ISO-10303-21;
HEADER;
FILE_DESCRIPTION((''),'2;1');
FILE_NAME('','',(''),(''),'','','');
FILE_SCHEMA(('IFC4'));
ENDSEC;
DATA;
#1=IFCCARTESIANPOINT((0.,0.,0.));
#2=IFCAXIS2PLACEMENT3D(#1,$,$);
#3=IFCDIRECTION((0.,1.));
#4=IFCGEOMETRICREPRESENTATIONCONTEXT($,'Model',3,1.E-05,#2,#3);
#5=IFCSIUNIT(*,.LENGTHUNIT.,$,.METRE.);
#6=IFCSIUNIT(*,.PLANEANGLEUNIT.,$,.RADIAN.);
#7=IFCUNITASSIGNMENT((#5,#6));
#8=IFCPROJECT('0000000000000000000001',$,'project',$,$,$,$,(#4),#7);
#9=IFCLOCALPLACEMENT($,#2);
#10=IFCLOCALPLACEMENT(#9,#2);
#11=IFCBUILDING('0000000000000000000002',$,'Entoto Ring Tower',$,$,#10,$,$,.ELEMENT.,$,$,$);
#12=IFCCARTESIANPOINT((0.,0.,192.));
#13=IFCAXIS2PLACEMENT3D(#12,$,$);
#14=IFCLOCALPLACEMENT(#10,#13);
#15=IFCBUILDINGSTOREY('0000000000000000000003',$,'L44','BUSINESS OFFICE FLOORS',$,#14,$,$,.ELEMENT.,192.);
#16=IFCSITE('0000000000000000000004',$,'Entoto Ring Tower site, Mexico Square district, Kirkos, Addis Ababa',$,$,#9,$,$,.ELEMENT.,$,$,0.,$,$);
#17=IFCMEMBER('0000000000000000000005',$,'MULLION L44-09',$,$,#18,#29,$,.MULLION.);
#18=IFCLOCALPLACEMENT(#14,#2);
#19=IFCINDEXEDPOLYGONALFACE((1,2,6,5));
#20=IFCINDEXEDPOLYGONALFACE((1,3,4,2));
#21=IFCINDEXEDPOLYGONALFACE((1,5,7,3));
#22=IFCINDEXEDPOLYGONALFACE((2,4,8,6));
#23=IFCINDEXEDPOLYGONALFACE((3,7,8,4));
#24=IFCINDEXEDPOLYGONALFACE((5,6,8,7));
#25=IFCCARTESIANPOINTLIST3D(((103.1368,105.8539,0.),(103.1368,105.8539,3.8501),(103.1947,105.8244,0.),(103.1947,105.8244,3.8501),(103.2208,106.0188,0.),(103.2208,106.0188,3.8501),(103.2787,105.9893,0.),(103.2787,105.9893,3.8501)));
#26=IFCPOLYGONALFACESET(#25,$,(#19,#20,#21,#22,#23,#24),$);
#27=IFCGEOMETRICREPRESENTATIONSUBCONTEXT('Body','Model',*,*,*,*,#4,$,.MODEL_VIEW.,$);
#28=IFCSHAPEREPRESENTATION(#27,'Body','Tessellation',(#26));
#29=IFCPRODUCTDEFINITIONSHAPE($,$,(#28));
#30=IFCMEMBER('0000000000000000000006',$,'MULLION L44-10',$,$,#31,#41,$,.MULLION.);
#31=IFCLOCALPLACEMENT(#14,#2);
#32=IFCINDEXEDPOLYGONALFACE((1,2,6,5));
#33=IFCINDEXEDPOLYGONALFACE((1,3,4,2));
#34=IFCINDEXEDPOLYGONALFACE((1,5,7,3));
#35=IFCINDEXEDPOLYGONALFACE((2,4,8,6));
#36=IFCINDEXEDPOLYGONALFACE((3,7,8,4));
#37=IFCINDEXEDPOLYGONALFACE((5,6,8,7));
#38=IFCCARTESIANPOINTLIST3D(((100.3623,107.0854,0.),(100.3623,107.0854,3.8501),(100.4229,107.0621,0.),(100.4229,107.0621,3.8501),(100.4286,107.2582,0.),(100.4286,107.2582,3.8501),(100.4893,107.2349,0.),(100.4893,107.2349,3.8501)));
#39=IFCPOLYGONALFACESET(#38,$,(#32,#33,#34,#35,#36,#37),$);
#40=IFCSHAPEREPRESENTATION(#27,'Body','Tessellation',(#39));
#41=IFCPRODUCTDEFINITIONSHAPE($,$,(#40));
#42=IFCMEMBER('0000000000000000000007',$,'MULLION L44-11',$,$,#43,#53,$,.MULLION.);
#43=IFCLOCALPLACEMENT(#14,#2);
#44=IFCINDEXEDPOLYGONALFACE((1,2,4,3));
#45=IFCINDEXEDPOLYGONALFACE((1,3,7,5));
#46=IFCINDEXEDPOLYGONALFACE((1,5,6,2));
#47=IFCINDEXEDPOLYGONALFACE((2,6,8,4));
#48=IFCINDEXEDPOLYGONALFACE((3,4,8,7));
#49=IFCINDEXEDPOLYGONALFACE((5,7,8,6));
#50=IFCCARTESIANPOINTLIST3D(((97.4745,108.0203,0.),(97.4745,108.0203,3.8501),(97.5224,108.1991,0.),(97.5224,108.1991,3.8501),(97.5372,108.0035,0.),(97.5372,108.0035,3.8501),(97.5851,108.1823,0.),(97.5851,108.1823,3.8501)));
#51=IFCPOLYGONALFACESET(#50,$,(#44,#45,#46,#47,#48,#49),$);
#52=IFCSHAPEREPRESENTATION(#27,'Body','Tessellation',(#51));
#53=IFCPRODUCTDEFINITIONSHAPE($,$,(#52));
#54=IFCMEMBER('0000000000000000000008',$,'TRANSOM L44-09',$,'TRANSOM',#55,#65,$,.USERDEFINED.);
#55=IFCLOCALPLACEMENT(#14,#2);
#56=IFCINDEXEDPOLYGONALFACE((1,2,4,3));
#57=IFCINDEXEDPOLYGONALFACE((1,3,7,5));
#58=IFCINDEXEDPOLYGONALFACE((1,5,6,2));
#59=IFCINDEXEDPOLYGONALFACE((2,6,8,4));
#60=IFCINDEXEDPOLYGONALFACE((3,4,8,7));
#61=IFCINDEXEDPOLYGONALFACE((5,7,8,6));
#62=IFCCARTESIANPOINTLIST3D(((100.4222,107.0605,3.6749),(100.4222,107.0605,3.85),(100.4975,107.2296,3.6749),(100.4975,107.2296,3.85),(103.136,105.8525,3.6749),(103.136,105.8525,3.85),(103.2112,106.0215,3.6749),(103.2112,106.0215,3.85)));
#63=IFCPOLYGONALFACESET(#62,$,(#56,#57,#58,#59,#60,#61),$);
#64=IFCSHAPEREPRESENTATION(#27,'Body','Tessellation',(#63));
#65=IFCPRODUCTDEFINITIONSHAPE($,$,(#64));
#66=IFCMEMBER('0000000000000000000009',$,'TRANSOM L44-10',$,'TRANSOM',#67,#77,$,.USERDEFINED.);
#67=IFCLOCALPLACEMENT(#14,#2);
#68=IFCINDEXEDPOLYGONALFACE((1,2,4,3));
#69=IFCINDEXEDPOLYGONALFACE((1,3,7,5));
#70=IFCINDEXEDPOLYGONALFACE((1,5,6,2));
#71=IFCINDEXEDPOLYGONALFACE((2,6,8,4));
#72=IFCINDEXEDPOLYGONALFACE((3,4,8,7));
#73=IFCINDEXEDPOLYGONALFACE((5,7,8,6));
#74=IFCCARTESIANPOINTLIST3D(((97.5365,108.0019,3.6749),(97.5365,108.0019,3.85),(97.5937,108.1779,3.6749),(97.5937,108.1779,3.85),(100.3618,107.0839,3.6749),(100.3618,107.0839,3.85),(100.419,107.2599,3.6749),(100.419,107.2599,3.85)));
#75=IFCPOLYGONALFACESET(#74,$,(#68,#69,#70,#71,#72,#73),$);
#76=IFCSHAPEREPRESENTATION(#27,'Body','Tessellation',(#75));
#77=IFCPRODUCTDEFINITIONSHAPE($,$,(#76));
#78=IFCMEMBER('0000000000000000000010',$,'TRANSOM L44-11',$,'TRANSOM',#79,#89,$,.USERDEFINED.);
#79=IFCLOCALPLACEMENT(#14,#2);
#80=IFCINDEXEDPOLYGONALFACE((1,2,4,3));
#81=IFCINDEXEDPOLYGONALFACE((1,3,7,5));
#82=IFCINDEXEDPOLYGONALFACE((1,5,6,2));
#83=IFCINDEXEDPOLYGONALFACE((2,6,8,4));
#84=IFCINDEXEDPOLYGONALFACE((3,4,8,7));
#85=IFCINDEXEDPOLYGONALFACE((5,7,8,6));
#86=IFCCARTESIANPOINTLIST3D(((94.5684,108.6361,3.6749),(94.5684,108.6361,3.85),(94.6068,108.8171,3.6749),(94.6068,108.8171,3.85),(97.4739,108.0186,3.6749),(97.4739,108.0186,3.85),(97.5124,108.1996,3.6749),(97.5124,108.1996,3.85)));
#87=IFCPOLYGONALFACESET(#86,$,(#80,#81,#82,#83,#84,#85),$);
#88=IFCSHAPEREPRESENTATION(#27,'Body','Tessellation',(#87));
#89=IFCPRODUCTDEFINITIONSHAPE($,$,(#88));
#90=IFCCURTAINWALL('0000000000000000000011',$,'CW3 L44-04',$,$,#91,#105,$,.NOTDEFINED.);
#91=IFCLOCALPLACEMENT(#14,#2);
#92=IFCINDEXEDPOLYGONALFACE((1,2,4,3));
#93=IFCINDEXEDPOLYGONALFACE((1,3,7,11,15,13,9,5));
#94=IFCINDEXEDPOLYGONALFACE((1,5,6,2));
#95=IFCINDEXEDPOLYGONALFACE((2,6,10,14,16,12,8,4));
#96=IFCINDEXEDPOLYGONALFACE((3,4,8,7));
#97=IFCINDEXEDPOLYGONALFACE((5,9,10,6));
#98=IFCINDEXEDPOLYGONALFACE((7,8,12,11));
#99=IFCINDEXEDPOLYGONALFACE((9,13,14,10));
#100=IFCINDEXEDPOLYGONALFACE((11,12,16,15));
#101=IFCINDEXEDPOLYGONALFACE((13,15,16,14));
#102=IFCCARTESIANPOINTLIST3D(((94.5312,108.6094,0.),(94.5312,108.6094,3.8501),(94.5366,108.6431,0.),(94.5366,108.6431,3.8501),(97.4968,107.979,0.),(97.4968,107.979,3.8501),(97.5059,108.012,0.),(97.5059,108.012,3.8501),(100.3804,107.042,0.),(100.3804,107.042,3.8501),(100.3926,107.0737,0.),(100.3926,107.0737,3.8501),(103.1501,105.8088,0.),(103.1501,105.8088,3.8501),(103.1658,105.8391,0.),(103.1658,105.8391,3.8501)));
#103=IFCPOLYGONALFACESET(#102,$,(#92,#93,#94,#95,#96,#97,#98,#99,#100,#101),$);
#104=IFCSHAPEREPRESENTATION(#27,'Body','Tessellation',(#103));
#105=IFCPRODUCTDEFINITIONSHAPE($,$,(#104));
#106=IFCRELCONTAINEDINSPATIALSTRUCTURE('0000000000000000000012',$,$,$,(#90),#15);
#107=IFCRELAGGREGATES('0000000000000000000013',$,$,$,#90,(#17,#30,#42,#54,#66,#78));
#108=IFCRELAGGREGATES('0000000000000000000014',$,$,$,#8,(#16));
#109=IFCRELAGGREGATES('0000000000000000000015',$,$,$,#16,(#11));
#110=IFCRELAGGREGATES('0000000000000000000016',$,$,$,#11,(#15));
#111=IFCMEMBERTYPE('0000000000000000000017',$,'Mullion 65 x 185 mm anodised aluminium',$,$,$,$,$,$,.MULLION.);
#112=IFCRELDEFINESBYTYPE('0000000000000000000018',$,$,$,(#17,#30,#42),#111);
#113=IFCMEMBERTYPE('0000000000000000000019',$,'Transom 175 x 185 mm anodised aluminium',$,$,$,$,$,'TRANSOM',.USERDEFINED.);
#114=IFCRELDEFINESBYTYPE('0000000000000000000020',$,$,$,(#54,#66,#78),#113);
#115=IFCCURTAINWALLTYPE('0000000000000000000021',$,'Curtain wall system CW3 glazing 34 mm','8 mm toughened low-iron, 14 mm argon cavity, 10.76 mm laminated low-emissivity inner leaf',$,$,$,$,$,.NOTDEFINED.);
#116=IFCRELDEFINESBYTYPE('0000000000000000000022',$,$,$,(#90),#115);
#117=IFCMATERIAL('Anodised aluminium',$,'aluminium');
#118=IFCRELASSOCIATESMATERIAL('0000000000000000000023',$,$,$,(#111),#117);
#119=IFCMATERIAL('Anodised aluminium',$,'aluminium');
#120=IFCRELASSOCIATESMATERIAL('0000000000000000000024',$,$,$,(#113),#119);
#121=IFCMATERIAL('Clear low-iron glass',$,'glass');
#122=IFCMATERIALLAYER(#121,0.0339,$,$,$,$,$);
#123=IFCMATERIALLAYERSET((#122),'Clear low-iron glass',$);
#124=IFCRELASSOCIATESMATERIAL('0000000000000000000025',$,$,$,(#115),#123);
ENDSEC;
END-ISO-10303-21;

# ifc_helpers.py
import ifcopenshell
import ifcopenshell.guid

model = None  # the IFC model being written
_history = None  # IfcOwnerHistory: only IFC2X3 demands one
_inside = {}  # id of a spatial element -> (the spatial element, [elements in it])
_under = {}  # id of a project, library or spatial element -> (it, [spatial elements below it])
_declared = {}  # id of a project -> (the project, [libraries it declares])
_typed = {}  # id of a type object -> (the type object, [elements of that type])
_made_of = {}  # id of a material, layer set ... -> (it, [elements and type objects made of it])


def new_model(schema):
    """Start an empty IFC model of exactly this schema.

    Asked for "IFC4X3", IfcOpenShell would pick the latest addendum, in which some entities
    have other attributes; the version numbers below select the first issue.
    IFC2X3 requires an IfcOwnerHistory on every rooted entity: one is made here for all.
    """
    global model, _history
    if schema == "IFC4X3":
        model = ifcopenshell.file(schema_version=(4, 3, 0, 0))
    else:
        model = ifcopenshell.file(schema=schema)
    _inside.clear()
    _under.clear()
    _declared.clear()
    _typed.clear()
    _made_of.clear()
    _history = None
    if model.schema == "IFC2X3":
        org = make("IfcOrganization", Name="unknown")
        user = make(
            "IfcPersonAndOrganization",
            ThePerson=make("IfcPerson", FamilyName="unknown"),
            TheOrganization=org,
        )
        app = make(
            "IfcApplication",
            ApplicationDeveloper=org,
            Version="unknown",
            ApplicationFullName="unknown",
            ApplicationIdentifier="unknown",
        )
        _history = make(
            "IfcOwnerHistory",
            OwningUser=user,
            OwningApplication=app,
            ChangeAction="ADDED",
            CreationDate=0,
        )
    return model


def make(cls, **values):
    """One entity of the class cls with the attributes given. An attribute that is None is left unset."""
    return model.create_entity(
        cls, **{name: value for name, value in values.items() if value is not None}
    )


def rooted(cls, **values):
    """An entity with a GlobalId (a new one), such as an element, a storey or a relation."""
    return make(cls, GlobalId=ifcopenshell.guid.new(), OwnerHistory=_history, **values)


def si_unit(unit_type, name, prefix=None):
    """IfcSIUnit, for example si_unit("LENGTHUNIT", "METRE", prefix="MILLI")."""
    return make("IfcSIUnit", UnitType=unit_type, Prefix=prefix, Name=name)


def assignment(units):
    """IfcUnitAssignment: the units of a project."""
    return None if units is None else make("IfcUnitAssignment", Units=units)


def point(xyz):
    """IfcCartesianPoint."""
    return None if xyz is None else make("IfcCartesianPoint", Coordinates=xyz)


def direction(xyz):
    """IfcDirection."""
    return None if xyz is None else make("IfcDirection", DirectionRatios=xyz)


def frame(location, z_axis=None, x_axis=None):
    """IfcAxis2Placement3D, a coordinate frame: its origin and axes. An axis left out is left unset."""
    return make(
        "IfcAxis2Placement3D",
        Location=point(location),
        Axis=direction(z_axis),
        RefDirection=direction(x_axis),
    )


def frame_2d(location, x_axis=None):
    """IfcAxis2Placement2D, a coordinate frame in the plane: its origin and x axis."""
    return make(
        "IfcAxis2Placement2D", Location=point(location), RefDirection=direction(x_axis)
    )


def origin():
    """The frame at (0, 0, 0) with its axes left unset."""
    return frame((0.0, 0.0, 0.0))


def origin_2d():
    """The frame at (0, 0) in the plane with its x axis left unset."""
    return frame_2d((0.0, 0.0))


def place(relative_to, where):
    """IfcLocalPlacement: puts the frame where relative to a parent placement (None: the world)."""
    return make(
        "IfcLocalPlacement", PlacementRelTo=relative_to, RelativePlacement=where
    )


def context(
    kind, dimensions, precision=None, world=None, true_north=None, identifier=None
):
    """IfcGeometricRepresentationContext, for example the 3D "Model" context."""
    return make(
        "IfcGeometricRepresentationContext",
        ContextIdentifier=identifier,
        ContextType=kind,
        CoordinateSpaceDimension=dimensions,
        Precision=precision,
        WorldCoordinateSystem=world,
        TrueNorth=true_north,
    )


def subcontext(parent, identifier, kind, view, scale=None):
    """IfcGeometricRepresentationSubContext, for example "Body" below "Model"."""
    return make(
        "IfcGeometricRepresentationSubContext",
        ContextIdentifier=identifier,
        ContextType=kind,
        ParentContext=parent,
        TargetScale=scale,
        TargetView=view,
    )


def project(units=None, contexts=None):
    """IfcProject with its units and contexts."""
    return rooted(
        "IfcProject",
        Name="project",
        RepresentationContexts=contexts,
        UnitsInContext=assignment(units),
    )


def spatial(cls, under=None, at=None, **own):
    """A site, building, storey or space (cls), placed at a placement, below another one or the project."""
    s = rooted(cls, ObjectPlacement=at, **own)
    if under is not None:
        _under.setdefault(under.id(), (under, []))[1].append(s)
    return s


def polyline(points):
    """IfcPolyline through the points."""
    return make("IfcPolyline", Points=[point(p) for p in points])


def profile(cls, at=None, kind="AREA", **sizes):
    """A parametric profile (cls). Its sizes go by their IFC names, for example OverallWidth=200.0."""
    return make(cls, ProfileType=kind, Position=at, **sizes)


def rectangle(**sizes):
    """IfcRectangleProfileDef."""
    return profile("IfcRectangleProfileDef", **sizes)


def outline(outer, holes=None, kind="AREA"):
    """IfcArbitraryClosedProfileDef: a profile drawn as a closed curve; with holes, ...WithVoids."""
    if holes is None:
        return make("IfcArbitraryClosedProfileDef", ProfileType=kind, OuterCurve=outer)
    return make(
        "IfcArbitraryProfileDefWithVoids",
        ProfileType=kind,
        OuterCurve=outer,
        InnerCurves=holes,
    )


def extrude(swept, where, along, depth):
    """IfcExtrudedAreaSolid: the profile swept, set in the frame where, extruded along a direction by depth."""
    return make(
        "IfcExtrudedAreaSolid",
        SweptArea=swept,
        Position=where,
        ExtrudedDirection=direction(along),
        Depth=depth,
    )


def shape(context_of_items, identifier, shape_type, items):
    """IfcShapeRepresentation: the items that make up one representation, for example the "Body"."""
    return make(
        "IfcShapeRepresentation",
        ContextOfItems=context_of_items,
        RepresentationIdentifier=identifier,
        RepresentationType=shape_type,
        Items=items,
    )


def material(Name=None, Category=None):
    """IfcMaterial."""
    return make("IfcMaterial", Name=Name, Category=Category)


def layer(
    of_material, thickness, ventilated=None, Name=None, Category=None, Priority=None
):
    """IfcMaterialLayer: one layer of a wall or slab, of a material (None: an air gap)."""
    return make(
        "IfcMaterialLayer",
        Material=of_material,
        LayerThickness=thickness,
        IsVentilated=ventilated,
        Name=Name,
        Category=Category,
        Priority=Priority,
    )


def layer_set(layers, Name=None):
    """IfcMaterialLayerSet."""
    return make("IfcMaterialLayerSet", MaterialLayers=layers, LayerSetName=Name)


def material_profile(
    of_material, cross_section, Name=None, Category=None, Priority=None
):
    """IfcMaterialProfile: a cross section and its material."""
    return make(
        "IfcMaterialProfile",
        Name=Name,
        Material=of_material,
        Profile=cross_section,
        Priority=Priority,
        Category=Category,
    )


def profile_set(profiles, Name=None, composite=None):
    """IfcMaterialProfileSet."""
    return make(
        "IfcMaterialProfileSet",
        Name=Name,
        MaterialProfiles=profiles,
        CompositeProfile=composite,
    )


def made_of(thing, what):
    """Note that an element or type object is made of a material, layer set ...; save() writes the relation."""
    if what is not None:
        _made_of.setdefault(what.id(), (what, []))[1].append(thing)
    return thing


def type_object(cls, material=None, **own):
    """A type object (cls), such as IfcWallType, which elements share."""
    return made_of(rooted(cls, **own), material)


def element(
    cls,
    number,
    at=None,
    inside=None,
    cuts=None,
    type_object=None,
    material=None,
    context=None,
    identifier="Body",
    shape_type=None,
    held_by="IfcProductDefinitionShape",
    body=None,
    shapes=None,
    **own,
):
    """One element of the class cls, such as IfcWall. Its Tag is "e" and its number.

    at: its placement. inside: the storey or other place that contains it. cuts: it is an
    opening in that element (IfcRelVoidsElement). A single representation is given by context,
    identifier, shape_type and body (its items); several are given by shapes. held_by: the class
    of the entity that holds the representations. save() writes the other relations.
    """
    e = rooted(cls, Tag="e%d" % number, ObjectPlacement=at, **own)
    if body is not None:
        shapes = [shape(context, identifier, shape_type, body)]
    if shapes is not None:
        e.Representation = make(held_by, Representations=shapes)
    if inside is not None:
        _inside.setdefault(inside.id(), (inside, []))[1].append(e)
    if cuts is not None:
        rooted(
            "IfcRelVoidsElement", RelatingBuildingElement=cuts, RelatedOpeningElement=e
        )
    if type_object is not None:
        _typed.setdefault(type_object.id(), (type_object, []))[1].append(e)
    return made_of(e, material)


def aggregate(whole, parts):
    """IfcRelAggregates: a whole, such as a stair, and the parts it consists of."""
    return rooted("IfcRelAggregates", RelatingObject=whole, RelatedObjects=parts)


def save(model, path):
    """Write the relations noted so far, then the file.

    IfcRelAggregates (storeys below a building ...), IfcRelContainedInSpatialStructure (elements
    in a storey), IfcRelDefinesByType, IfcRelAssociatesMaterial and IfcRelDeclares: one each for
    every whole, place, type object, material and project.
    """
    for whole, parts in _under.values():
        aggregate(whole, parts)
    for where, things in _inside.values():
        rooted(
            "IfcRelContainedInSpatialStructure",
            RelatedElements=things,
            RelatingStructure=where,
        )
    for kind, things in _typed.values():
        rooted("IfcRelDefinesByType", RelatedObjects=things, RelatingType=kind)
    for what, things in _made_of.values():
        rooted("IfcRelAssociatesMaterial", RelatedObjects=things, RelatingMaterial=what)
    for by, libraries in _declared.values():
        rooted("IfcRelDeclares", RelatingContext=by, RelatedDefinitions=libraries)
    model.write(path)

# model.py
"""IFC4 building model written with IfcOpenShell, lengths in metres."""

from ifc_helpers import new_model, si_unit, direction, frame, origin, origin_2d, place, context, subcontext, project, spatial, polyline, rectangle, outline, extrude, material, layer, layer_set, material_profile, profile_set, type_object, element, aggregate, save


model = new_model("IFC4")

# Units and contexts
model_context = context("Model", 3, precision=1e-05, world=origin(), true_north=direction((0.0, 1.0)))
body_context = subcontext(model_context, "Body", "Model", "MODEL_VIEW")
ifc_project = project(units=[si_unit("LENGTHUNIT", "METRE"), si_unit("PLANEANGLEUNIT", "RADIAN")], contexts=[model_context])

# Members
ifc_material_1 = material(Name="Anodised aluminium", Category="aluminium")
ifc_material_profile_1 = material_profile(ifc_material_1, rectangle(XDim=0.0649, YDim=0.1851, at=origin_2d()), Name="Mullion 65 x 185 mm anodised aluminium")
ifc_profile_set_1 = profile_set([ifc_material_profile_1], Name="Anodised aluminium")
member_type_1 = type_object("IfcMemberType", Name="Mullion 65 x 185 mm anodised aluminium", PredefinedType="MULLION", material=ifc_profile_set_1)
site_placement = place(None, origin())
building_placement = place(site_placement, origin())
storey_placement = place(building_placement, frame((0.0, 0.0, 192.0)))
member_1_placement = place(storey_placement, frame((103.2078, 105.9216, 0.0), z_axis=(0.0, 0.0, 1.0), x_axis=(-0.891007, 0.45399, 0.0)))
member_1 = element("IfcMember", 1, at=member_1_placement, type_object=member_type_1, Name="MULLION L44-09", PredefinedType="MULLION", context=body_context, shape_type="SweptSolid", body=[
    extrude(rectangle(XDim=0.0649, YDim=0.1851, at=origin_2d()), origin(), (0.0, 0.0, 1.0), 3.8501),
])
member_2_placement = place(storey_placement, frame((100.4258, 107.1602, 0.0), z_axis=(0.0, 0.0, 1.0), x_axis=(-0.93358, 0.358368, 0.0)))
member_2 = element("IfcMember", 2, at=member_2_placement, type_object=member_type_1, Name="MULLION L44-10", PredefinedType="MULLION", context=body_context, shape_type="SweptSolid", body=[
    extrude(rectangle(XDim=0.0649, YDim=0.1851, at=origin_2d()), origin(), (0.0, 0.0, 1.0), 3.8501),
])
member_3_placement = place(storey_placement, frame((97.5298, 108.1013, 0.0), z_axis=(0.0, 0.0, 1.0), x_axis=(-0.965926, 0.258819, 0.0)))
member_3 = element("IfcMember", 3, at=member_3_placement, type_object=member_type_1, Name="MULLION L44-11", PredefinedType="MULLION", context=body_context, shape_type="SweptSolid", body=[
    extrude(rectangle(XDim=0.0649, YDim=0.1851, at=origin_2d()), origin(), (0.0, 0.0, 1.0), 3.8501),
])
ifc_material_2 = material(Name="Anodised aluminium", Category="aluminium")
ifc_material_profile_2 = material_profile(ifc_material_2, rectangle(XDim=0.1851, YDim=0.175, at=origin_2d()), Name="Transom 175 x 185 mm anodised aluminium")
ifc_profile_set_2 = profile_set([ifc_material_profile_2], Name="Anodised aluminium")
member_type_2 = type_object("IfcMemberType", Name="Transom 175 x 185 mm anodised aluminium", ElementType="TRANSOM", PredefinedType="USERDEFINED", material=ifc_profile_set_2)
member_4_placement = place(storey_placement, frame((103.1736, 105.937, 3.7625), z_axis=(-0.913567, 0.406687, 0.0), x_axis=(-0.406687, -0.913567, 0.0)))
member_4 = element("IfcMember", 4, at=member_4_placement, type_object=member_type_2, Name="TRANSOM L44-09", ObjectType="TRANSOM", PredefinedType="USERDEFINED", context=body_context, shape_type="SweptSolid", body=[
    extrude(rectangle(XDim=0.1851, YDim=0.175, at=origin_2d()), origin(), (0.0, 0.0, 1.0), 2.9705),
])
member_5_placement = place(storey_placement, frame((100.3904, 107.1719, 3.7625), z_axis=(-0.951056, 0.309019, 0.0), x_axis=(-0.309019, -0.951056, 0.0)))
member_5 = element("IfcMember", 5, at=member_5_placement, type_object=member_type_2, Name="TRANSOM L44-10", ObjectType="TRANSOM", PredefinedType="USERDEFINED", context=body_context, shape_type="SweptSolid", body=[
    extrude(rectangle(XDim=0.1851, YDim=0.175, at=origin_2d()), origin(), (0.0, 0.0, 1.0), 2.9707),
])
member_6_placement = place(storey_placement, frame((97.4932, 108.1091, 3.7625), z_axis=(-0.978158, 0.207862, 0.0), x_axis=(-0.207862, -0.978158, 0.0)))
member_6 = element("IfcMember", 6, at=member_6_placement, type_object=member_type_2, Name="TRANSOM L44-11", ObjectType="TRANSOM", PredefinedType="USERDEFINED", context=body_context, shape_type="SweptSolid", body=[
    extrude(rectangle(XDim=0.1851, YDim=0.175, at=origin_2d()), origin(), (0.0, 0.0, 1.0), 2.9705),
])

# Site, building, storey
site = spatial("IfcSite", under=ifc_project, at=site_placement, Name="Entoto Ring Tower site, Mexico Square district, Kirkos, Addis Ababa", CompositionType="ELEMENT", RefElevation=0.0)
building = spatial("IfcBuilding", under=site, at=building_placement, Name="Entoto Ring Tower", CompositionType="ELEMENT")
storey = spatial("IfcBuildingStorey", under=building, at=storey_placement, Name="L44", Description="BUSINESS OFFICE FLOORS", CompositionType="ELEMENT", Elevation=192.0)

# Curtain wall
ifc_material_3 = material(Name="Clear low-iron glass", Category="glass")
ifc_layer = layer(ifc_material_3, 0.0339)
ifc_layer_set = layer_set([ifc_layer], Name="Clear low-iron glass")
curtain_wall_type = type_object("IfcCurtainWallType", Name="Curtain wall system CW3 glazing 34 mm", Description="8 mm toughened low-iron, 14 mm argon cavity, 10.76 mm laminated low-emissivity inner leaf", PredefinedType="NOTDEFINED", material=ifc_layer_set)
curtain_wall_1_placement = place(storey_placement, origin())
curtain_wall_1 = element("IfcCurtainWall", 7, at=curtain_wall_1_placement, inside=storey, type_object=curtain_wall_type, Name="CW3 L44-04", PredefinedType="NOTDEFINED", context=body_context, shape_type="SweptSolid", body=[
    extrude(outline(polyline([(103.1658, 105.8391), (100.3926, 107.0737), (97.5059, 108.012), (94.5366, 108.6431), (94.5312, 108.6094), (97.4968, 107.979), (100.3804, 107.042), (103.1501, 105.8088), (103.1658, 105.8391)])), origin(), (0.0, 0.0, 1.0), 3.8501),
])
aggregate(curtain_wall_1, [member_1, member_2, member_3, member_4, member_5, member_6])

save(model, "model.ifc")
